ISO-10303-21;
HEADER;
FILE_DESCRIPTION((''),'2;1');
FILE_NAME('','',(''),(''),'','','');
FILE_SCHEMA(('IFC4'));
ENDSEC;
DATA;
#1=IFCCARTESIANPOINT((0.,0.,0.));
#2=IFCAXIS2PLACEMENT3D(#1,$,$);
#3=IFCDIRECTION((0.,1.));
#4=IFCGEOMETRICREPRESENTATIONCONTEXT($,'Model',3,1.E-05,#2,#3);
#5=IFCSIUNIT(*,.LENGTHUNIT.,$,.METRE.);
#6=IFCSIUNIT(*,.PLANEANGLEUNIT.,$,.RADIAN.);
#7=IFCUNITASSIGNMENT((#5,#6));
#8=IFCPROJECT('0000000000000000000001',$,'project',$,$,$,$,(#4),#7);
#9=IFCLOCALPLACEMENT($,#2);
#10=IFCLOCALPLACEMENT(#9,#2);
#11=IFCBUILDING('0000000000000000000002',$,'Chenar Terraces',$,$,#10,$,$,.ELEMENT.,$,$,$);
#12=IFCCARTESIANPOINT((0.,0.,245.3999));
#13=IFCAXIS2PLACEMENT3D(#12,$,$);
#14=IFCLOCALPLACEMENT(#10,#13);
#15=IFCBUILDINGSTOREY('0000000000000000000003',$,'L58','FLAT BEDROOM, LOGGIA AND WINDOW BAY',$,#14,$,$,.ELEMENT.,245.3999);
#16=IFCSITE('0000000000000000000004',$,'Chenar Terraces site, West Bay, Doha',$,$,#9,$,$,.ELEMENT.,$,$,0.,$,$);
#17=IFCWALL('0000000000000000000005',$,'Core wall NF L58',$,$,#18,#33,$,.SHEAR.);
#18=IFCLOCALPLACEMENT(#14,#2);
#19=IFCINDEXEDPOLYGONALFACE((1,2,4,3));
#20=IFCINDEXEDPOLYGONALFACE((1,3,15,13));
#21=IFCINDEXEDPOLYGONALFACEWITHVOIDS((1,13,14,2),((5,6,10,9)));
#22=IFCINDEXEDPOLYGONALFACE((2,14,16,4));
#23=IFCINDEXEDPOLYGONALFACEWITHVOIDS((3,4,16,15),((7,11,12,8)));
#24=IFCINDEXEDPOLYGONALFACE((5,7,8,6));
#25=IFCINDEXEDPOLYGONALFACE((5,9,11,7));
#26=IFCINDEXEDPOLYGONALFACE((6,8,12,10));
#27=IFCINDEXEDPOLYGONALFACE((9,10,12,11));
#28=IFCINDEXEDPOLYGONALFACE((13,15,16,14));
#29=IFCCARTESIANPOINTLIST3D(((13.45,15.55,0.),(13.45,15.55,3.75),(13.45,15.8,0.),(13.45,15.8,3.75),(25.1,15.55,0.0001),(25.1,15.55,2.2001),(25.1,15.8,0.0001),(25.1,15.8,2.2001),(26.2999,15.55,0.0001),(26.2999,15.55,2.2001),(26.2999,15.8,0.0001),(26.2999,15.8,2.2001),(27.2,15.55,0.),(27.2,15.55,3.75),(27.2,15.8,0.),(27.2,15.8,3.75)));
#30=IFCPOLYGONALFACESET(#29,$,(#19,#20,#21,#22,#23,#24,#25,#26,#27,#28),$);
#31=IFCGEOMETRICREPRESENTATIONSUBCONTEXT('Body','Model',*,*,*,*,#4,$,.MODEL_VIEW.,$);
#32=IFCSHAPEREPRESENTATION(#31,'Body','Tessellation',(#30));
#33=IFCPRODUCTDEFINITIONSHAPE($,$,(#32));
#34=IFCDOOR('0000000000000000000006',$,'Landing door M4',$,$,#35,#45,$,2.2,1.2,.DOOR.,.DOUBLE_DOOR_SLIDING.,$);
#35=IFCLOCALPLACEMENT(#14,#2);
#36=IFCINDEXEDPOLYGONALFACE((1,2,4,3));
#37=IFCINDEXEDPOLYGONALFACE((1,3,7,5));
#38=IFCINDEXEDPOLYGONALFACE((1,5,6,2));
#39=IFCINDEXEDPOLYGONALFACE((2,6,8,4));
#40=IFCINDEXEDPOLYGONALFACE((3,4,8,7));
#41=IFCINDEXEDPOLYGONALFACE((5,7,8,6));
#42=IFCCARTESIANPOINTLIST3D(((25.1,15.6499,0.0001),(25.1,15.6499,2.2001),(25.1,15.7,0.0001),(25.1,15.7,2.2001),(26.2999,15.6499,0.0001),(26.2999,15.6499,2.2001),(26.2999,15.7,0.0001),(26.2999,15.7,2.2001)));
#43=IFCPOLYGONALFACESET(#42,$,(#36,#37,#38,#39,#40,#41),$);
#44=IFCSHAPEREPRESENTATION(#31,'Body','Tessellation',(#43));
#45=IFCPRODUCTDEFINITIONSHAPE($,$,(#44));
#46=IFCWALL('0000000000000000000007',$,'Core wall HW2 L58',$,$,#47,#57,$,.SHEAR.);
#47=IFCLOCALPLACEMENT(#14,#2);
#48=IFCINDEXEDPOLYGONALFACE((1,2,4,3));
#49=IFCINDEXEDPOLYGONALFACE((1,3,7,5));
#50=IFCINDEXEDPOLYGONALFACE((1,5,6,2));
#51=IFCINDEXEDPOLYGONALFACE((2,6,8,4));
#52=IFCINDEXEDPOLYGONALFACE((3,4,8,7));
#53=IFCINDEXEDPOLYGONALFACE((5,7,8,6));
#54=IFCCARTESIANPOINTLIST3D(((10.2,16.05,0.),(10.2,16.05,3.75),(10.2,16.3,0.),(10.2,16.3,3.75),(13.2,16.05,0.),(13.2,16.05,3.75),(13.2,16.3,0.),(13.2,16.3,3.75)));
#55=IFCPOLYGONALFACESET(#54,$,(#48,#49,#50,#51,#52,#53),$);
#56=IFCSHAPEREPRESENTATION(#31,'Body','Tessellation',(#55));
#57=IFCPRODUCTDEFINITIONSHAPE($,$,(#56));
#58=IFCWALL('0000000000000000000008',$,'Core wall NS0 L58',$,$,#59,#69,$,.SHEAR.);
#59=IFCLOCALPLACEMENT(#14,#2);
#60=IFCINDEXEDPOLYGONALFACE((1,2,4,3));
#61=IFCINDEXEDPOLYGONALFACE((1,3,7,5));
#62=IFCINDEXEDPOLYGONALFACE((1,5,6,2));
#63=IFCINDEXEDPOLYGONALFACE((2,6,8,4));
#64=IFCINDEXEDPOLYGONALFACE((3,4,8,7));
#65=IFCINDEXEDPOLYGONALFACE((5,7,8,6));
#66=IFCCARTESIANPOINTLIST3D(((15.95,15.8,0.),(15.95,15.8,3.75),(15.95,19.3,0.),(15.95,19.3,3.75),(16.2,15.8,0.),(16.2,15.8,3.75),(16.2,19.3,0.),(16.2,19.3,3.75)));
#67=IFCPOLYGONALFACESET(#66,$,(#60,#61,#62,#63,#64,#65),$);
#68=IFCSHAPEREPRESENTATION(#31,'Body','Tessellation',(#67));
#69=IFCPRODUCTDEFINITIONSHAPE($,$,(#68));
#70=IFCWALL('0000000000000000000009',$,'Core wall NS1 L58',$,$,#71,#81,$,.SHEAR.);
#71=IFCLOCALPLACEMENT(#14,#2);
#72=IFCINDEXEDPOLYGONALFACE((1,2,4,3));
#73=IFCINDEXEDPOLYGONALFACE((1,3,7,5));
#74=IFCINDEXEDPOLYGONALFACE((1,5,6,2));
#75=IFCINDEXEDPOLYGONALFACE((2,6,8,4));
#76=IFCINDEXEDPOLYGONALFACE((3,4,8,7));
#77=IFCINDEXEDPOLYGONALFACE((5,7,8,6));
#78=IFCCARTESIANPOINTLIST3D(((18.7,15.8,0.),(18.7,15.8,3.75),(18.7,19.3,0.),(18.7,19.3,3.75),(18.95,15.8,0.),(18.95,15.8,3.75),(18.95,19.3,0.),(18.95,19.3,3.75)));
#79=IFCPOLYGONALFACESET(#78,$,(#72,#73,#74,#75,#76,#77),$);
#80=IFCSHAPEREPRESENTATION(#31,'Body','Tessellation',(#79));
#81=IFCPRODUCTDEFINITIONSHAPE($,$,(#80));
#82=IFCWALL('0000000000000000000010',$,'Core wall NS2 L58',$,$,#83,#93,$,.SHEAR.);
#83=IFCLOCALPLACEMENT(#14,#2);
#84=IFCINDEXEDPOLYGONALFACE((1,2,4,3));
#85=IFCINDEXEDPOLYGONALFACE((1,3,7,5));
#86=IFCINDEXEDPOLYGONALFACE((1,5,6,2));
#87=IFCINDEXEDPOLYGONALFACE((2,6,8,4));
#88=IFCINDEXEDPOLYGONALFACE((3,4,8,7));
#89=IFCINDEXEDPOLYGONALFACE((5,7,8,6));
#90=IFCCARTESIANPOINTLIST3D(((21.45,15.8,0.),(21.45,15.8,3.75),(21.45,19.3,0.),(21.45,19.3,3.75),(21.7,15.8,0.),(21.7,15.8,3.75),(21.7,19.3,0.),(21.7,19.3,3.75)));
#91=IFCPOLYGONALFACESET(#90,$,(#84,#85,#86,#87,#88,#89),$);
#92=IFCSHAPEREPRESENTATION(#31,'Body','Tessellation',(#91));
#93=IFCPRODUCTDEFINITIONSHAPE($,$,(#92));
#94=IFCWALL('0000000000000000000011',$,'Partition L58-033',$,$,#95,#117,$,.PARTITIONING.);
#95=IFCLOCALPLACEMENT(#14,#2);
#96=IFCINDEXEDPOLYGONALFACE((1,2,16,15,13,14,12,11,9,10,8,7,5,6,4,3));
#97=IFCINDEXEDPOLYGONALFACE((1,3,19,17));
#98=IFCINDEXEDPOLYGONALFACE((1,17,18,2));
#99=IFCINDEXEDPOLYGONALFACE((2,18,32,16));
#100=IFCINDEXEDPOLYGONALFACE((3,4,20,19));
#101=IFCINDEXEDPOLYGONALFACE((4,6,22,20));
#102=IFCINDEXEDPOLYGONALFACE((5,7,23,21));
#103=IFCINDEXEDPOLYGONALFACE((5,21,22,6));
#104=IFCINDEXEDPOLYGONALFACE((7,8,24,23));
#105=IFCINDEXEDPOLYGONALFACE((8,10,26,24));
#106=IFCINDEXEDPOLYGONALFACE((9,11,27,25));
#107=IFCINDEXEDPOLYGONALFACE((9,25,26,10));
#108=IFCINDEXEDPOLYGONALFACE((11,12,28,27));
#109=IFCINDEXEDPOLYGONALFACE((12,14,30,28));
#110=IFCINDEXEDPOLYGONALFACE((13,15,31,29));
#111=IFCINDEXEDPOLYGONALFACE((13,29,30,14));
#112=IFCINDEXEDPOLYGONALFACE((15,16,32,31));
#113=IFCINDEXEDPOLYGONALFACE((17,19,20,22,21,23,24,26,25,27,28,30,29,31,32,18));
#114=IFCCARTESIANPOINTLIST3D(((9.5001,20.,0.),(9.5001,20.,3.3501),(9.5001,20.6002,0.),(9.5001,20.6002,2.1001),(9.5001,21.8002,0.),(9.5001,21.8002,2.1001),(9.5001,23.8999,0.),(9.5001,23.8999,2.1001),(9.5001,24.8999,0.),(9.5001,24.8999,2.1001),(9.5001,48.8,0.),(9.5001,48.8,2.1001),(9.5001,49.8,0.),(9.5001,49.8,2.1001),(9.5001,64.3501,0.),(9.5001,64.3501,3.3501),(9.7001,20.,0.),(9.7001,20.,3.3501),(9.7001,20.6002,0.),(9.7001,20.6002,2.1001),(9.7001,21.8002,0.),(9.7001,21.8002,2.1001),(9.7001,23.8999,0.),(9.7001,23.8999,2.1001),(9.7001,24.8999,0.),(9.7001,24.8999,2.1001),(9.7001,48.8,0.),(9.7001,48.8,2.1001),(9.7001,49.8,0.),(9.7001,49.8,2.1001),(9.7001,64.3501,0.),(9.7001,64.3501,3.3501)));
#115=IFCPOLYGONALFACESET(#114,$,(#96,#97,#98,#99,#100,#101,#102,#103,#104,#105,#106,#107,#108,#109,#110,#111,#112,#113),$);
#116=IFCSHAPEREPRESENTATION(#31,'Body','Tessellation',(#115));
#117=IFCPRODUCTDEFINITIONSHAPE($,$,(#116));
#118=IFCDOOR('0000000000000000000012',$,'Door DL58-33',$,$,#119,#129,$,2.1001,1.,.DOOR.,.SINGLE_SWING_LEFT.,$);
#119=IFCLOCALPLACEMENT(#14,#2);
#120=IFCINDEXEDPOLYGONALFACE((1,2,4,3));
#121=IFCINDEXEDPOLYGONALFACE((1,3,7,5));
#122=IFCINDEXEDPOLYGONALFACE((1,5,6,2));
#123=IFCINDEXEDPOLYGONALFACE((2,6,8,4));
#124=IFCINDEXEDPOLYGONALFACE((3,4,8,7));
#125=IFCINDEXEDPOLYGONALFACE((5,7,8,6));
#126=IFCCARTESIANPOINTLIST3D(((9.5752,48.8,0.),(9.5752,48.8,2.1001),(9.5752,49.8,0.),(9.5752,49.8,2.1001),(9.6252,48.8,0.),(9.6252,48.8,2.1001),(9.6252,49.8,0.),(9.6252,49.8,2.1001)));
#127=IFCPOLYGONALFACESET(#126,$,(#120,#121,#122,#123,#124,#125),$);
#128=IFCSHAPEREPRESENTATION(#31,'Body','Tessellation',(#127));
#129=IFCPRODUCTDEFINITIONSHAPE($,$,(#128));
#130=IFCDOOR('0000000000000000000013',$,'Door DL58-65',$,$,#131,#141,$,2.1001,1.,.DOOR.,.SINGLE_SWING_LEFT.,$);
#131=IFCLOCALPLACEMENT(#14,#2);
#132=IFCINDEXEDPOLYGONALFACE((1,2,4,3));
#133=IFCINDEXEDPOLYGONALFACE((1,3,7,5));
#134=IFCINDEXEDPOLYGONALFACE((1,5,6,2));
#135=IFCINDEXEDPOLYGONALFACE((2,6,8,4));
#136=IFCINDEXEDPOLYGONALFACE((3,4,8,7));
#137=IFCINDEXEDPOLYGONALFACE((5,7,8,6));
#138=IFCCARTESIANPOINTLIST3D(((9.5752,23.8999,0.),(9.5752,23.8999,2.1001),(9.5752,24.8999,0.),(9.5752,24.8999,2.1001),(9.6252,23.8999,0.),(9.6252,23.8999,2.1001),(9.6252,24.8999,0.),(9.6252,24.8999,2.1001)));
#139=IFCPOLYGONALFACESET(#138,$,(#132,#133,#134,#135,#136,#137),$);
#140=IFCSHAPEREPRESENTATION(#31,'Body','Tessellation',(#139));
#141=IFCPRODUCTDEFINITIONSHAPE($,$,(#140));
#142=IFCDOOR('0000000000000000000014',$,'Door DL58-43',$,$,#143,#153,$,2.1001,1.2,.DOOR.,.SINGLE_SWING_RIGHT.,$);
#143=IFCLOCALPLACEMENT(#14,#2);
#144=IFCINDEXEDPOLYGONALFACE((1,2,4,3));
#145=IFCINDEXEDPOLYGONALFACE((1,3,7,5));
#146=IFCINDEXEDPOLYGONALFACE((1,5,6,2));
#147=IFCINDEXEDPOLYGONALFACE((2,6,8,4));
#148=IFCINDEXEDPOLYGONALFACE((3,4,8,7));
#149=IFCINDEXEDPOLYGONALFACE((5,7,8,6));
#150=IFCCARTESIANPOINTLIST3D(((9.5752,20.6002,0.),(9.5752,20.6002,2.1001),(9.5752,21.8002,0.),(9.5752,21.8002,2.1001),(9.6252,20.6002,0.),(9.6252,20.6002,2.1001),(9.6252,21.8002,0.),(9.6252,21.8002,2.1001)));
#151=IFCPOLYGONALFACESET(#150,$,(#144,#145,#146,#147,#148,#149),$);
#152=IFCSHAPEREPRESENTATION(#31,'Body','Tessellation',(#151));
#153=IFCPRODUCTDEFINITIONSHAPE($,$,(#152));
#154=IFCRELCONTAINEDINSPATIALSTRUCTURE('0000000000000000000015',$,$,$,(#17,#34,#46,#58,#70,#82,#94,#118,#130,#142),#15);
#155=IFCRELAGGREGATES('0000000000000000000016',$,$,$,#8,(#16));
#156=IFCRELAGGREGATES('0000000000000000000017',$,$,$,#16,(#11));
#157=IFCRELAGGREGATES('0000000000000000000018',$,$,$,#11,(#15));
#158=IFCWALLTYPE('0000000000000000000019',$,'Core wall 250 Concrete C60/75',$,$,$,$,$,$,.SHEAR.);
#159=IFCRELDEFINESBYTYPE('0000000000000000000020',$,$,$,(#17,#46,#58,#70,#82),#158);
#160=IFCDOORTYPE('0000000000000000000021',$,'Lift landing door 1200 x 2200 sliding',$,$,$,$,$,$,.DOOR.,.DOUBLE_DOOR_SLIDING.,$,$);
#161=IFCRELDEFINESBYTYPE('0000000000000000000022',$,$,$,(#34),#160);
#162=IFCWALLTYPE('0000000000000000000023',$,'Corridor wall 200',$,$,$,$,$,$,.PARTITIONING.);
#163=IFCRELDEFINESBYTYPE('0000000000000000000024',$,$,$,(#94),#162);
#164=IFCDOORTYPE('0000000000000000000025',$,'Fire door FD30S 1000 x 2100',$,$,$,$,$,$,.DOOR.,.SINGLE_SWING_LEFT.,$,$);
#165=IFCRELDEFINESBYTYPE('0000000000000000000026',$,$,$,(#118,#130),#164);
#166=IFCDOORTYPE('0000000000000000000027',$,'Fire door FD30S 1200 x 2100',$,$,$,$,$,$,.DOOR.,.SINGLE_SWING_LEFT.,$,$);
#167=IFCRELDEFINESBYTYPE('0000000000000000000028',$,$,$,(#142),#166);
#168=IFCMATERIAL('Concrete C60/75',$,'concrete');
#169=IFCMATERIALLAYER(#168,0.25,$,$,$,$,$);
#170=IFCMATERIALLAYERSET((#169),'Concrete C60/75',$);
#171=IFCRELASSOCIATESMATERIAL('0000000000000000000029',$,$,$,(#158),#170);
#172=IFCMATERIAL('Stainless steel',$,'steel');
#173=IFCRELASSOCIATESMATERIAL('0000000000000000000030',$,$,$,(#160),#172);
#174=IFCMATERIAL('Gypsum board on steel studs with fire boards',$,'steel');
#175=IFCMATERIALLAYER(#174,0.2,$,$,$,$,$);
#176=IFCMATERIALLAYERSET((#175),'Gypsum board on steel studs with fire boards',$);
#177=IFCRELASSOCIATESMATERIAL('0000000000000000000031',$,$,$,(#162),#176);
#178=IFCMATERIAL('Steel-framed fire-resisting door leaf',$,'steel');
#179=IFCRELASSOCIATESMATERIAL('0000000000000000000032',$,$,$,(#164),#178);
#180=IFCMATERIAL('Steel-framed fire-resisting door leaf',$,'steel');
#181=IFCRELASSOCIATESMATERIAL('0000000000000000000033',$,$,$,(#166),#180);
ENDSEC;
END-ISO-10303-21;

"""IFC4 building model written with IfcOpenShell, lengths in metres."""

from ifc_helpers import new_model, si_unit, direction, frame, frame_2d, origin, place, context, subcontext, project, spatial, rectangle, extrude, material, layer, layer_set, type_object, element, fill, save


model = new_model("IFC4")

# Units and contexts
model_context = context("Model", 3, precision=1e-05, world=origin(), true_north=direction((0.0, 1.0)))
body_context = subcontext(model_context, "Body", "Model", "MODEL_VIEW")
ifc_project = project(units=[si_unit("LENGTHUNIT", "METRE"), si_unit("PLANEANGLEUNIT", "RADIAN")], contexts=[model_context])

# Site, building, storey
site_placement = place(None, origin())
site = spatial("IfcSite", under=ifc_project, at=site_placement, Name="Chenar Terraces site, West Bay, Doha", CompositionType="ELEMENT", RefElevation=0.0)
building_placement = place(site_placement, origin())
building = spatial("IfcBuilding", under=site, at=building_placement, Name="Chenar Terraces", CompositionType="ELEMENT")
storey_placement = place(building_placement, frame((0.0, 0.0, 245.3999)))
storey = spatial("IfcBuildingStorey", under=building, at=storey_placement, Name="L58", Description="FLAT BEDROOM, LOGGIA AND WINDOW BAY", CompositionType="ELEMENT", Elevation=245.3999)

# Wall, opening, door
ifc_material_1 = material(Name="Concrete C60/75", Category="concrete")
ifc_layer_1 = layer(ifc_material_1, 0.25)
ifc_layer_set_1 = layer_set([ifc_layer_1], Name="Concrete C60/75")
wall_type_1 = type_object("IfcWallType", Name="Core wall 250 Concrete C60/75", PredefinedType="SHEAR", material=ifc_layer_set_1)
wall_1_placement = place(storey_placement, frame((13.45, 15.675, 0.0), z_axis=(0.0, 0.0, 1.0), x_axis=(1.0, 0.0, 0.0)))
wall_1 = element("IfcWall", 1, at=wall_1_placement, inside=storey, type_object=wall_type_1, Name="Core wall NF L58", PredefinedType="SHEAR", context=body_context, shape_type="SweptSolid", body=[
    extrude(rectangle(XDim=13.75, YDim=0.25, at=frame_2d((6.875, 0.0))), origin(), (0.0, 0.0, 1.0), 3.75),
])
opening_1_placement = place(wall_1_placement, frame((11.6499, 0.0, 0.0)))
opening_1 = element("IfcOpeningElement", 2, at=opening_1_placement, cuts=wall_1, PredefinedType="OPENING", context=body_context, shape_type="SweptSolid", body=[
    extrude(rectangle(XDim=1.2, YDim=2.2, at=frame_2d((0.6001, 1.1001))), frame((0.0, 0.135, 0.0), z_axis=(0.0, -1.0, 0.0), x_axis=(1.0, 0.0, 0.0)), (0.0, 0.0, 1.0), 0.27),
])
ifc_material_2 = material(Name="Stainless steel", Category="steel")
door_type_1 = type_object("IfcDoorType", Name="Lift landing door 1200 x 2200 sliding", OperationType="DOUBLE_DOOR_SLIDING", PredefinedType="DOOR", material=ifc_material_2)
door_1_placement = place(opening_1_placement, origin())
door_1 = element("IfcDoor", 3, at=door_1_placement, inside=storey, type_object=door_type_1, Name="Landing door M4", OperationType="DOUBLE_DOOR_SLIDING", OverallHeight=2.2, OverallWidth=1.2, PredefinedType="DOOR", context=body_context, shape_type="SweptSolid", body=[
    extrude(rectangle(XDim=1.2, YDim=2.2, at=frame_2d((0.6001, 1.1001))), frame((0.0, 0.0249, 0.0), z_axis=(0.0, -1.0, 0.0), x_axis=(1.0, 0.0, 0.0)), (0.0, 0.0, 1.0), 0.05),
])
fill(opening_1, door_1)

# Walls
wall_2_placement = place(storey_placement, frame((10.2, 16.175, 0.0), z_axis=(0.0, 0.0, 1.0), x_axis=(1.0, 0.0, 0.0)))
element("IfcWall", 4, at=wall_2_placement, inside=storey, type_object=wall_type_1, Name="Core wall HW2 L58", PredefinedType="SHEAR", context=body_context, shape_type="SweptSolid", body=[
    extrude(rectangle(XDim=3.0, YDim=0.25, at=frame_2d((1.5, 0.0))), origin(), (0.0, 0.0, 1.0), 3.75),
])
for number, where, z_axis, x_axis, name in (
    (5, (16.075, 15.8, 0.0), (0.0, 0.0, 1.0), (0.0, 1.0, 0.0), "Core wall NS0 L58"),
    (6, (18.825, 15.8, 0.0), (0.0, 0.0, 1.0), (0.0, 1.0, 0.0), "Core wall NS1 L58"),
    (7, (21.575, 15.8, 0.0), (0.0, 0.0, 1.0), (0.0, 1.0, 0.0), "Core wall NS2 L58"),
):
    element("IfcWall", number, at=place(storey_placement, frame(where, z_axis=z_axis, x_axis=x_axis)), inside=storey, type_object=wall_type_1, Name=name, PredefinedType="SHEAR", context=body_context, shape_type="SweptSolid", body=[
        extrude(rectangle(XDim=3.5, YDim=0.25, at=frame_2d((1.75, 0.0))), origin(), (0.0, 0.0, 1.0), 3.75),
    ])

# Wall, openings, doors
ifc_material_3 = material(Name="Gypsum board on steel studs with fire boards", Category="steel")
ifc_layer_2 = layer(ifc_material_3, 0.2)
ifc_layer_set_2 = layer_set([ifc_layer_2], Name="Gypsum board on steel studs with fire boards")
wall_type_2 = type_object("IfcWallType", Name="Corridor wall 200", PredefinedType="PARTITIONING", material=ifc_layer_set_2)
wall_3_placement = place(storey_placement, frame((9.6001, 20.0, 0.0), z_axis=(0.0, 0.0, 1.0), x_axis=(0.0, 1.0, 0.0)))
wall_3 = element("IfcWall", 8, at=wall_3_placement, inside=storey, type_object=wall_type_2, Name="Partition L58-033", PredefinedType="PARTITIONING", context=body_context, shape_type="SweptSolid", body=[
    extrude(rectangle(XDim=44.3501, YDim=0.2, at=frame_2d((22.175, 0.0))), origin(), (0.0, 0.0, 1.0), 3.3501),
])
opening_2_placement = place(wall_3_placement, frame((28.8, 0.0, 0.0)))
opening_2 = element("IfcOpeningElement", 9, at=opening_2_placement, cuts=wall_3, PredefinedType="OPENING", context=body_context, shape_type="SweptSolid", body=[
    extrude(rectangle(XDim=1.0, YDim=2.1001, at=frame_2d((0.5, 1.05))), frame((0.0, 0.1099, 0.0), z_axis=(0.0, -1.0, 0.0), x_axis=(1.0, 0.0, 0.0)), (0.0, 0.0, 1.0), 0.22),
])
opening_3_placement = place(wall_3_placement, frame((0.6001, 0.0, 0.0)))
opening_3 = element("IfcOpeningElement", 10, at=opening_3_placement, cuts=wall_3, PredefinedType="OPENING", context=body_context, shape_type="SweptSolid", body=[
    extrude(rectangle(XDim=1.2, YDim=2.1001, at=frame_2d((0.6001, 1.05))), frame((0.0, 0.1099, 0.0), z_axis=(0.0, -1.0, 0.0), x_axis=(1.0, 0.0, 0.0)), (0.0, 0.0, 1.0), 0.22),
])
opening_4_placement = place(wall_3_placement, frame((3.8999, 0.0, 0.0)))
opening_4 = element("IfcOpeningElement", 11, at=opening_4_placement, cuts=wall_3, PredefinedType="OPENING", context=body_context, shape_type="SweptSolid", body=[
    extrude(rectangle(XDim=1.0, YDim=2.1001, at=frame_2d((0.5, 1.05))), frame((0.0, 0.1099, 0.0), z_axis=(0.0, -1.0, 0.0), x_axis=(1.0, 0.0, 0.0)), (0.0, 0.0, 1.0), 0.22),
])
ifc_material_4 = material(Name="Steel-framed fire-resisting door leaf", Category="steel")
door_type_2 = type_object("IfcDoorType", Name="Fire door FD30S 1000 x 2100", OperationType="SINGLE_SWING_LEFT", PredefinedType="DOOR", material=ifc_material_4)
door_2_placement = place(opening_2_placement, origin())
door_2 = element("IfcDoor", 12, at=door_2_placement, inside=storey, type_object=door_type_2, Name="Door DL58-33", OperationType="SINGLE_SWING_LEFT", OverallHeight=2.1001, OverallWidth=1.0, PredefinedType="DOOR", context=body_context, shape_type="SweptSolid", body=[
    extrude(rectangle(XDim=1.0, YDim=2.1001, at=frame_2d((0.5, 1.05))), frame((0.0, 0.0249, 0.0), z_axis=(0.0, -1.0, 0.0), x_axis=(1.0, 0.0, 0.0)), (0.0, 0.0, 1.0), 0.05),
])
fill(opening_2, door_2)
door_3_placement = place(opening_4_placement, origin())
door_3 = element("IfcDoor", 13, at=door_3_placement, inside=storey, type_object=door_type_2, Name="Door DL58-65", OperationType="SINGLE_SWING_LEFT", OverallHeight=2.1001, OverallWidth=1.0, PredefinedType="DOOR", context=body_context, shape_type="SweptSolid", body=[
    extrude(rectangle(XDim=1.0, YDim=2.1001, at=frame_2d((0.5, 1.05))), frame((0.0, 0.0249, 0.0), z_axis=(0.0, -1.0, 0.0), x_axis=(1.0, 0.0, 0.0)), (0.0, 0.0, 1.0), 0.05),
])
fill(opening_4, door_3)
ifc_material_5 = material(Name="Steel-framed fire-resisting door leaf", Category="steel")
door_type_3 = type_object("IfcDoorType", Name="Fire door FD30S 1200 x 2100", OperationType="SINGLE_SWING_LEFT", PredefinedType="DOOR", material=ifc_material_5)
door_4_placement = place(opening_3_placement, origin())
door_4 = element("IfcDoor", 14, at=door_4_placement, inside=storey, type_object=door_type_3, Name="Door DL58-43", OperationType="SINGLE_SWING_RIGHT", OverallHeight=2.1001, OverallWidth=1.2, PredefinedType="DOOR", context=body_context, shape_type="SweptSolid", body=[
    extrude(rectangle(XDim=1.2, YDim=2.1001, at=frame_2d((0.6001, 1.05))), frame((0.0, 0.0249, 0.0), z_axis=(0.0, -1.0, 0.0), x_axis=(1.0, 0.0, 0.0)), (0.0, 0.0, 1.0), 0.05),
])
fill(opening_3, door_4)

save(model, "model.ifc")
